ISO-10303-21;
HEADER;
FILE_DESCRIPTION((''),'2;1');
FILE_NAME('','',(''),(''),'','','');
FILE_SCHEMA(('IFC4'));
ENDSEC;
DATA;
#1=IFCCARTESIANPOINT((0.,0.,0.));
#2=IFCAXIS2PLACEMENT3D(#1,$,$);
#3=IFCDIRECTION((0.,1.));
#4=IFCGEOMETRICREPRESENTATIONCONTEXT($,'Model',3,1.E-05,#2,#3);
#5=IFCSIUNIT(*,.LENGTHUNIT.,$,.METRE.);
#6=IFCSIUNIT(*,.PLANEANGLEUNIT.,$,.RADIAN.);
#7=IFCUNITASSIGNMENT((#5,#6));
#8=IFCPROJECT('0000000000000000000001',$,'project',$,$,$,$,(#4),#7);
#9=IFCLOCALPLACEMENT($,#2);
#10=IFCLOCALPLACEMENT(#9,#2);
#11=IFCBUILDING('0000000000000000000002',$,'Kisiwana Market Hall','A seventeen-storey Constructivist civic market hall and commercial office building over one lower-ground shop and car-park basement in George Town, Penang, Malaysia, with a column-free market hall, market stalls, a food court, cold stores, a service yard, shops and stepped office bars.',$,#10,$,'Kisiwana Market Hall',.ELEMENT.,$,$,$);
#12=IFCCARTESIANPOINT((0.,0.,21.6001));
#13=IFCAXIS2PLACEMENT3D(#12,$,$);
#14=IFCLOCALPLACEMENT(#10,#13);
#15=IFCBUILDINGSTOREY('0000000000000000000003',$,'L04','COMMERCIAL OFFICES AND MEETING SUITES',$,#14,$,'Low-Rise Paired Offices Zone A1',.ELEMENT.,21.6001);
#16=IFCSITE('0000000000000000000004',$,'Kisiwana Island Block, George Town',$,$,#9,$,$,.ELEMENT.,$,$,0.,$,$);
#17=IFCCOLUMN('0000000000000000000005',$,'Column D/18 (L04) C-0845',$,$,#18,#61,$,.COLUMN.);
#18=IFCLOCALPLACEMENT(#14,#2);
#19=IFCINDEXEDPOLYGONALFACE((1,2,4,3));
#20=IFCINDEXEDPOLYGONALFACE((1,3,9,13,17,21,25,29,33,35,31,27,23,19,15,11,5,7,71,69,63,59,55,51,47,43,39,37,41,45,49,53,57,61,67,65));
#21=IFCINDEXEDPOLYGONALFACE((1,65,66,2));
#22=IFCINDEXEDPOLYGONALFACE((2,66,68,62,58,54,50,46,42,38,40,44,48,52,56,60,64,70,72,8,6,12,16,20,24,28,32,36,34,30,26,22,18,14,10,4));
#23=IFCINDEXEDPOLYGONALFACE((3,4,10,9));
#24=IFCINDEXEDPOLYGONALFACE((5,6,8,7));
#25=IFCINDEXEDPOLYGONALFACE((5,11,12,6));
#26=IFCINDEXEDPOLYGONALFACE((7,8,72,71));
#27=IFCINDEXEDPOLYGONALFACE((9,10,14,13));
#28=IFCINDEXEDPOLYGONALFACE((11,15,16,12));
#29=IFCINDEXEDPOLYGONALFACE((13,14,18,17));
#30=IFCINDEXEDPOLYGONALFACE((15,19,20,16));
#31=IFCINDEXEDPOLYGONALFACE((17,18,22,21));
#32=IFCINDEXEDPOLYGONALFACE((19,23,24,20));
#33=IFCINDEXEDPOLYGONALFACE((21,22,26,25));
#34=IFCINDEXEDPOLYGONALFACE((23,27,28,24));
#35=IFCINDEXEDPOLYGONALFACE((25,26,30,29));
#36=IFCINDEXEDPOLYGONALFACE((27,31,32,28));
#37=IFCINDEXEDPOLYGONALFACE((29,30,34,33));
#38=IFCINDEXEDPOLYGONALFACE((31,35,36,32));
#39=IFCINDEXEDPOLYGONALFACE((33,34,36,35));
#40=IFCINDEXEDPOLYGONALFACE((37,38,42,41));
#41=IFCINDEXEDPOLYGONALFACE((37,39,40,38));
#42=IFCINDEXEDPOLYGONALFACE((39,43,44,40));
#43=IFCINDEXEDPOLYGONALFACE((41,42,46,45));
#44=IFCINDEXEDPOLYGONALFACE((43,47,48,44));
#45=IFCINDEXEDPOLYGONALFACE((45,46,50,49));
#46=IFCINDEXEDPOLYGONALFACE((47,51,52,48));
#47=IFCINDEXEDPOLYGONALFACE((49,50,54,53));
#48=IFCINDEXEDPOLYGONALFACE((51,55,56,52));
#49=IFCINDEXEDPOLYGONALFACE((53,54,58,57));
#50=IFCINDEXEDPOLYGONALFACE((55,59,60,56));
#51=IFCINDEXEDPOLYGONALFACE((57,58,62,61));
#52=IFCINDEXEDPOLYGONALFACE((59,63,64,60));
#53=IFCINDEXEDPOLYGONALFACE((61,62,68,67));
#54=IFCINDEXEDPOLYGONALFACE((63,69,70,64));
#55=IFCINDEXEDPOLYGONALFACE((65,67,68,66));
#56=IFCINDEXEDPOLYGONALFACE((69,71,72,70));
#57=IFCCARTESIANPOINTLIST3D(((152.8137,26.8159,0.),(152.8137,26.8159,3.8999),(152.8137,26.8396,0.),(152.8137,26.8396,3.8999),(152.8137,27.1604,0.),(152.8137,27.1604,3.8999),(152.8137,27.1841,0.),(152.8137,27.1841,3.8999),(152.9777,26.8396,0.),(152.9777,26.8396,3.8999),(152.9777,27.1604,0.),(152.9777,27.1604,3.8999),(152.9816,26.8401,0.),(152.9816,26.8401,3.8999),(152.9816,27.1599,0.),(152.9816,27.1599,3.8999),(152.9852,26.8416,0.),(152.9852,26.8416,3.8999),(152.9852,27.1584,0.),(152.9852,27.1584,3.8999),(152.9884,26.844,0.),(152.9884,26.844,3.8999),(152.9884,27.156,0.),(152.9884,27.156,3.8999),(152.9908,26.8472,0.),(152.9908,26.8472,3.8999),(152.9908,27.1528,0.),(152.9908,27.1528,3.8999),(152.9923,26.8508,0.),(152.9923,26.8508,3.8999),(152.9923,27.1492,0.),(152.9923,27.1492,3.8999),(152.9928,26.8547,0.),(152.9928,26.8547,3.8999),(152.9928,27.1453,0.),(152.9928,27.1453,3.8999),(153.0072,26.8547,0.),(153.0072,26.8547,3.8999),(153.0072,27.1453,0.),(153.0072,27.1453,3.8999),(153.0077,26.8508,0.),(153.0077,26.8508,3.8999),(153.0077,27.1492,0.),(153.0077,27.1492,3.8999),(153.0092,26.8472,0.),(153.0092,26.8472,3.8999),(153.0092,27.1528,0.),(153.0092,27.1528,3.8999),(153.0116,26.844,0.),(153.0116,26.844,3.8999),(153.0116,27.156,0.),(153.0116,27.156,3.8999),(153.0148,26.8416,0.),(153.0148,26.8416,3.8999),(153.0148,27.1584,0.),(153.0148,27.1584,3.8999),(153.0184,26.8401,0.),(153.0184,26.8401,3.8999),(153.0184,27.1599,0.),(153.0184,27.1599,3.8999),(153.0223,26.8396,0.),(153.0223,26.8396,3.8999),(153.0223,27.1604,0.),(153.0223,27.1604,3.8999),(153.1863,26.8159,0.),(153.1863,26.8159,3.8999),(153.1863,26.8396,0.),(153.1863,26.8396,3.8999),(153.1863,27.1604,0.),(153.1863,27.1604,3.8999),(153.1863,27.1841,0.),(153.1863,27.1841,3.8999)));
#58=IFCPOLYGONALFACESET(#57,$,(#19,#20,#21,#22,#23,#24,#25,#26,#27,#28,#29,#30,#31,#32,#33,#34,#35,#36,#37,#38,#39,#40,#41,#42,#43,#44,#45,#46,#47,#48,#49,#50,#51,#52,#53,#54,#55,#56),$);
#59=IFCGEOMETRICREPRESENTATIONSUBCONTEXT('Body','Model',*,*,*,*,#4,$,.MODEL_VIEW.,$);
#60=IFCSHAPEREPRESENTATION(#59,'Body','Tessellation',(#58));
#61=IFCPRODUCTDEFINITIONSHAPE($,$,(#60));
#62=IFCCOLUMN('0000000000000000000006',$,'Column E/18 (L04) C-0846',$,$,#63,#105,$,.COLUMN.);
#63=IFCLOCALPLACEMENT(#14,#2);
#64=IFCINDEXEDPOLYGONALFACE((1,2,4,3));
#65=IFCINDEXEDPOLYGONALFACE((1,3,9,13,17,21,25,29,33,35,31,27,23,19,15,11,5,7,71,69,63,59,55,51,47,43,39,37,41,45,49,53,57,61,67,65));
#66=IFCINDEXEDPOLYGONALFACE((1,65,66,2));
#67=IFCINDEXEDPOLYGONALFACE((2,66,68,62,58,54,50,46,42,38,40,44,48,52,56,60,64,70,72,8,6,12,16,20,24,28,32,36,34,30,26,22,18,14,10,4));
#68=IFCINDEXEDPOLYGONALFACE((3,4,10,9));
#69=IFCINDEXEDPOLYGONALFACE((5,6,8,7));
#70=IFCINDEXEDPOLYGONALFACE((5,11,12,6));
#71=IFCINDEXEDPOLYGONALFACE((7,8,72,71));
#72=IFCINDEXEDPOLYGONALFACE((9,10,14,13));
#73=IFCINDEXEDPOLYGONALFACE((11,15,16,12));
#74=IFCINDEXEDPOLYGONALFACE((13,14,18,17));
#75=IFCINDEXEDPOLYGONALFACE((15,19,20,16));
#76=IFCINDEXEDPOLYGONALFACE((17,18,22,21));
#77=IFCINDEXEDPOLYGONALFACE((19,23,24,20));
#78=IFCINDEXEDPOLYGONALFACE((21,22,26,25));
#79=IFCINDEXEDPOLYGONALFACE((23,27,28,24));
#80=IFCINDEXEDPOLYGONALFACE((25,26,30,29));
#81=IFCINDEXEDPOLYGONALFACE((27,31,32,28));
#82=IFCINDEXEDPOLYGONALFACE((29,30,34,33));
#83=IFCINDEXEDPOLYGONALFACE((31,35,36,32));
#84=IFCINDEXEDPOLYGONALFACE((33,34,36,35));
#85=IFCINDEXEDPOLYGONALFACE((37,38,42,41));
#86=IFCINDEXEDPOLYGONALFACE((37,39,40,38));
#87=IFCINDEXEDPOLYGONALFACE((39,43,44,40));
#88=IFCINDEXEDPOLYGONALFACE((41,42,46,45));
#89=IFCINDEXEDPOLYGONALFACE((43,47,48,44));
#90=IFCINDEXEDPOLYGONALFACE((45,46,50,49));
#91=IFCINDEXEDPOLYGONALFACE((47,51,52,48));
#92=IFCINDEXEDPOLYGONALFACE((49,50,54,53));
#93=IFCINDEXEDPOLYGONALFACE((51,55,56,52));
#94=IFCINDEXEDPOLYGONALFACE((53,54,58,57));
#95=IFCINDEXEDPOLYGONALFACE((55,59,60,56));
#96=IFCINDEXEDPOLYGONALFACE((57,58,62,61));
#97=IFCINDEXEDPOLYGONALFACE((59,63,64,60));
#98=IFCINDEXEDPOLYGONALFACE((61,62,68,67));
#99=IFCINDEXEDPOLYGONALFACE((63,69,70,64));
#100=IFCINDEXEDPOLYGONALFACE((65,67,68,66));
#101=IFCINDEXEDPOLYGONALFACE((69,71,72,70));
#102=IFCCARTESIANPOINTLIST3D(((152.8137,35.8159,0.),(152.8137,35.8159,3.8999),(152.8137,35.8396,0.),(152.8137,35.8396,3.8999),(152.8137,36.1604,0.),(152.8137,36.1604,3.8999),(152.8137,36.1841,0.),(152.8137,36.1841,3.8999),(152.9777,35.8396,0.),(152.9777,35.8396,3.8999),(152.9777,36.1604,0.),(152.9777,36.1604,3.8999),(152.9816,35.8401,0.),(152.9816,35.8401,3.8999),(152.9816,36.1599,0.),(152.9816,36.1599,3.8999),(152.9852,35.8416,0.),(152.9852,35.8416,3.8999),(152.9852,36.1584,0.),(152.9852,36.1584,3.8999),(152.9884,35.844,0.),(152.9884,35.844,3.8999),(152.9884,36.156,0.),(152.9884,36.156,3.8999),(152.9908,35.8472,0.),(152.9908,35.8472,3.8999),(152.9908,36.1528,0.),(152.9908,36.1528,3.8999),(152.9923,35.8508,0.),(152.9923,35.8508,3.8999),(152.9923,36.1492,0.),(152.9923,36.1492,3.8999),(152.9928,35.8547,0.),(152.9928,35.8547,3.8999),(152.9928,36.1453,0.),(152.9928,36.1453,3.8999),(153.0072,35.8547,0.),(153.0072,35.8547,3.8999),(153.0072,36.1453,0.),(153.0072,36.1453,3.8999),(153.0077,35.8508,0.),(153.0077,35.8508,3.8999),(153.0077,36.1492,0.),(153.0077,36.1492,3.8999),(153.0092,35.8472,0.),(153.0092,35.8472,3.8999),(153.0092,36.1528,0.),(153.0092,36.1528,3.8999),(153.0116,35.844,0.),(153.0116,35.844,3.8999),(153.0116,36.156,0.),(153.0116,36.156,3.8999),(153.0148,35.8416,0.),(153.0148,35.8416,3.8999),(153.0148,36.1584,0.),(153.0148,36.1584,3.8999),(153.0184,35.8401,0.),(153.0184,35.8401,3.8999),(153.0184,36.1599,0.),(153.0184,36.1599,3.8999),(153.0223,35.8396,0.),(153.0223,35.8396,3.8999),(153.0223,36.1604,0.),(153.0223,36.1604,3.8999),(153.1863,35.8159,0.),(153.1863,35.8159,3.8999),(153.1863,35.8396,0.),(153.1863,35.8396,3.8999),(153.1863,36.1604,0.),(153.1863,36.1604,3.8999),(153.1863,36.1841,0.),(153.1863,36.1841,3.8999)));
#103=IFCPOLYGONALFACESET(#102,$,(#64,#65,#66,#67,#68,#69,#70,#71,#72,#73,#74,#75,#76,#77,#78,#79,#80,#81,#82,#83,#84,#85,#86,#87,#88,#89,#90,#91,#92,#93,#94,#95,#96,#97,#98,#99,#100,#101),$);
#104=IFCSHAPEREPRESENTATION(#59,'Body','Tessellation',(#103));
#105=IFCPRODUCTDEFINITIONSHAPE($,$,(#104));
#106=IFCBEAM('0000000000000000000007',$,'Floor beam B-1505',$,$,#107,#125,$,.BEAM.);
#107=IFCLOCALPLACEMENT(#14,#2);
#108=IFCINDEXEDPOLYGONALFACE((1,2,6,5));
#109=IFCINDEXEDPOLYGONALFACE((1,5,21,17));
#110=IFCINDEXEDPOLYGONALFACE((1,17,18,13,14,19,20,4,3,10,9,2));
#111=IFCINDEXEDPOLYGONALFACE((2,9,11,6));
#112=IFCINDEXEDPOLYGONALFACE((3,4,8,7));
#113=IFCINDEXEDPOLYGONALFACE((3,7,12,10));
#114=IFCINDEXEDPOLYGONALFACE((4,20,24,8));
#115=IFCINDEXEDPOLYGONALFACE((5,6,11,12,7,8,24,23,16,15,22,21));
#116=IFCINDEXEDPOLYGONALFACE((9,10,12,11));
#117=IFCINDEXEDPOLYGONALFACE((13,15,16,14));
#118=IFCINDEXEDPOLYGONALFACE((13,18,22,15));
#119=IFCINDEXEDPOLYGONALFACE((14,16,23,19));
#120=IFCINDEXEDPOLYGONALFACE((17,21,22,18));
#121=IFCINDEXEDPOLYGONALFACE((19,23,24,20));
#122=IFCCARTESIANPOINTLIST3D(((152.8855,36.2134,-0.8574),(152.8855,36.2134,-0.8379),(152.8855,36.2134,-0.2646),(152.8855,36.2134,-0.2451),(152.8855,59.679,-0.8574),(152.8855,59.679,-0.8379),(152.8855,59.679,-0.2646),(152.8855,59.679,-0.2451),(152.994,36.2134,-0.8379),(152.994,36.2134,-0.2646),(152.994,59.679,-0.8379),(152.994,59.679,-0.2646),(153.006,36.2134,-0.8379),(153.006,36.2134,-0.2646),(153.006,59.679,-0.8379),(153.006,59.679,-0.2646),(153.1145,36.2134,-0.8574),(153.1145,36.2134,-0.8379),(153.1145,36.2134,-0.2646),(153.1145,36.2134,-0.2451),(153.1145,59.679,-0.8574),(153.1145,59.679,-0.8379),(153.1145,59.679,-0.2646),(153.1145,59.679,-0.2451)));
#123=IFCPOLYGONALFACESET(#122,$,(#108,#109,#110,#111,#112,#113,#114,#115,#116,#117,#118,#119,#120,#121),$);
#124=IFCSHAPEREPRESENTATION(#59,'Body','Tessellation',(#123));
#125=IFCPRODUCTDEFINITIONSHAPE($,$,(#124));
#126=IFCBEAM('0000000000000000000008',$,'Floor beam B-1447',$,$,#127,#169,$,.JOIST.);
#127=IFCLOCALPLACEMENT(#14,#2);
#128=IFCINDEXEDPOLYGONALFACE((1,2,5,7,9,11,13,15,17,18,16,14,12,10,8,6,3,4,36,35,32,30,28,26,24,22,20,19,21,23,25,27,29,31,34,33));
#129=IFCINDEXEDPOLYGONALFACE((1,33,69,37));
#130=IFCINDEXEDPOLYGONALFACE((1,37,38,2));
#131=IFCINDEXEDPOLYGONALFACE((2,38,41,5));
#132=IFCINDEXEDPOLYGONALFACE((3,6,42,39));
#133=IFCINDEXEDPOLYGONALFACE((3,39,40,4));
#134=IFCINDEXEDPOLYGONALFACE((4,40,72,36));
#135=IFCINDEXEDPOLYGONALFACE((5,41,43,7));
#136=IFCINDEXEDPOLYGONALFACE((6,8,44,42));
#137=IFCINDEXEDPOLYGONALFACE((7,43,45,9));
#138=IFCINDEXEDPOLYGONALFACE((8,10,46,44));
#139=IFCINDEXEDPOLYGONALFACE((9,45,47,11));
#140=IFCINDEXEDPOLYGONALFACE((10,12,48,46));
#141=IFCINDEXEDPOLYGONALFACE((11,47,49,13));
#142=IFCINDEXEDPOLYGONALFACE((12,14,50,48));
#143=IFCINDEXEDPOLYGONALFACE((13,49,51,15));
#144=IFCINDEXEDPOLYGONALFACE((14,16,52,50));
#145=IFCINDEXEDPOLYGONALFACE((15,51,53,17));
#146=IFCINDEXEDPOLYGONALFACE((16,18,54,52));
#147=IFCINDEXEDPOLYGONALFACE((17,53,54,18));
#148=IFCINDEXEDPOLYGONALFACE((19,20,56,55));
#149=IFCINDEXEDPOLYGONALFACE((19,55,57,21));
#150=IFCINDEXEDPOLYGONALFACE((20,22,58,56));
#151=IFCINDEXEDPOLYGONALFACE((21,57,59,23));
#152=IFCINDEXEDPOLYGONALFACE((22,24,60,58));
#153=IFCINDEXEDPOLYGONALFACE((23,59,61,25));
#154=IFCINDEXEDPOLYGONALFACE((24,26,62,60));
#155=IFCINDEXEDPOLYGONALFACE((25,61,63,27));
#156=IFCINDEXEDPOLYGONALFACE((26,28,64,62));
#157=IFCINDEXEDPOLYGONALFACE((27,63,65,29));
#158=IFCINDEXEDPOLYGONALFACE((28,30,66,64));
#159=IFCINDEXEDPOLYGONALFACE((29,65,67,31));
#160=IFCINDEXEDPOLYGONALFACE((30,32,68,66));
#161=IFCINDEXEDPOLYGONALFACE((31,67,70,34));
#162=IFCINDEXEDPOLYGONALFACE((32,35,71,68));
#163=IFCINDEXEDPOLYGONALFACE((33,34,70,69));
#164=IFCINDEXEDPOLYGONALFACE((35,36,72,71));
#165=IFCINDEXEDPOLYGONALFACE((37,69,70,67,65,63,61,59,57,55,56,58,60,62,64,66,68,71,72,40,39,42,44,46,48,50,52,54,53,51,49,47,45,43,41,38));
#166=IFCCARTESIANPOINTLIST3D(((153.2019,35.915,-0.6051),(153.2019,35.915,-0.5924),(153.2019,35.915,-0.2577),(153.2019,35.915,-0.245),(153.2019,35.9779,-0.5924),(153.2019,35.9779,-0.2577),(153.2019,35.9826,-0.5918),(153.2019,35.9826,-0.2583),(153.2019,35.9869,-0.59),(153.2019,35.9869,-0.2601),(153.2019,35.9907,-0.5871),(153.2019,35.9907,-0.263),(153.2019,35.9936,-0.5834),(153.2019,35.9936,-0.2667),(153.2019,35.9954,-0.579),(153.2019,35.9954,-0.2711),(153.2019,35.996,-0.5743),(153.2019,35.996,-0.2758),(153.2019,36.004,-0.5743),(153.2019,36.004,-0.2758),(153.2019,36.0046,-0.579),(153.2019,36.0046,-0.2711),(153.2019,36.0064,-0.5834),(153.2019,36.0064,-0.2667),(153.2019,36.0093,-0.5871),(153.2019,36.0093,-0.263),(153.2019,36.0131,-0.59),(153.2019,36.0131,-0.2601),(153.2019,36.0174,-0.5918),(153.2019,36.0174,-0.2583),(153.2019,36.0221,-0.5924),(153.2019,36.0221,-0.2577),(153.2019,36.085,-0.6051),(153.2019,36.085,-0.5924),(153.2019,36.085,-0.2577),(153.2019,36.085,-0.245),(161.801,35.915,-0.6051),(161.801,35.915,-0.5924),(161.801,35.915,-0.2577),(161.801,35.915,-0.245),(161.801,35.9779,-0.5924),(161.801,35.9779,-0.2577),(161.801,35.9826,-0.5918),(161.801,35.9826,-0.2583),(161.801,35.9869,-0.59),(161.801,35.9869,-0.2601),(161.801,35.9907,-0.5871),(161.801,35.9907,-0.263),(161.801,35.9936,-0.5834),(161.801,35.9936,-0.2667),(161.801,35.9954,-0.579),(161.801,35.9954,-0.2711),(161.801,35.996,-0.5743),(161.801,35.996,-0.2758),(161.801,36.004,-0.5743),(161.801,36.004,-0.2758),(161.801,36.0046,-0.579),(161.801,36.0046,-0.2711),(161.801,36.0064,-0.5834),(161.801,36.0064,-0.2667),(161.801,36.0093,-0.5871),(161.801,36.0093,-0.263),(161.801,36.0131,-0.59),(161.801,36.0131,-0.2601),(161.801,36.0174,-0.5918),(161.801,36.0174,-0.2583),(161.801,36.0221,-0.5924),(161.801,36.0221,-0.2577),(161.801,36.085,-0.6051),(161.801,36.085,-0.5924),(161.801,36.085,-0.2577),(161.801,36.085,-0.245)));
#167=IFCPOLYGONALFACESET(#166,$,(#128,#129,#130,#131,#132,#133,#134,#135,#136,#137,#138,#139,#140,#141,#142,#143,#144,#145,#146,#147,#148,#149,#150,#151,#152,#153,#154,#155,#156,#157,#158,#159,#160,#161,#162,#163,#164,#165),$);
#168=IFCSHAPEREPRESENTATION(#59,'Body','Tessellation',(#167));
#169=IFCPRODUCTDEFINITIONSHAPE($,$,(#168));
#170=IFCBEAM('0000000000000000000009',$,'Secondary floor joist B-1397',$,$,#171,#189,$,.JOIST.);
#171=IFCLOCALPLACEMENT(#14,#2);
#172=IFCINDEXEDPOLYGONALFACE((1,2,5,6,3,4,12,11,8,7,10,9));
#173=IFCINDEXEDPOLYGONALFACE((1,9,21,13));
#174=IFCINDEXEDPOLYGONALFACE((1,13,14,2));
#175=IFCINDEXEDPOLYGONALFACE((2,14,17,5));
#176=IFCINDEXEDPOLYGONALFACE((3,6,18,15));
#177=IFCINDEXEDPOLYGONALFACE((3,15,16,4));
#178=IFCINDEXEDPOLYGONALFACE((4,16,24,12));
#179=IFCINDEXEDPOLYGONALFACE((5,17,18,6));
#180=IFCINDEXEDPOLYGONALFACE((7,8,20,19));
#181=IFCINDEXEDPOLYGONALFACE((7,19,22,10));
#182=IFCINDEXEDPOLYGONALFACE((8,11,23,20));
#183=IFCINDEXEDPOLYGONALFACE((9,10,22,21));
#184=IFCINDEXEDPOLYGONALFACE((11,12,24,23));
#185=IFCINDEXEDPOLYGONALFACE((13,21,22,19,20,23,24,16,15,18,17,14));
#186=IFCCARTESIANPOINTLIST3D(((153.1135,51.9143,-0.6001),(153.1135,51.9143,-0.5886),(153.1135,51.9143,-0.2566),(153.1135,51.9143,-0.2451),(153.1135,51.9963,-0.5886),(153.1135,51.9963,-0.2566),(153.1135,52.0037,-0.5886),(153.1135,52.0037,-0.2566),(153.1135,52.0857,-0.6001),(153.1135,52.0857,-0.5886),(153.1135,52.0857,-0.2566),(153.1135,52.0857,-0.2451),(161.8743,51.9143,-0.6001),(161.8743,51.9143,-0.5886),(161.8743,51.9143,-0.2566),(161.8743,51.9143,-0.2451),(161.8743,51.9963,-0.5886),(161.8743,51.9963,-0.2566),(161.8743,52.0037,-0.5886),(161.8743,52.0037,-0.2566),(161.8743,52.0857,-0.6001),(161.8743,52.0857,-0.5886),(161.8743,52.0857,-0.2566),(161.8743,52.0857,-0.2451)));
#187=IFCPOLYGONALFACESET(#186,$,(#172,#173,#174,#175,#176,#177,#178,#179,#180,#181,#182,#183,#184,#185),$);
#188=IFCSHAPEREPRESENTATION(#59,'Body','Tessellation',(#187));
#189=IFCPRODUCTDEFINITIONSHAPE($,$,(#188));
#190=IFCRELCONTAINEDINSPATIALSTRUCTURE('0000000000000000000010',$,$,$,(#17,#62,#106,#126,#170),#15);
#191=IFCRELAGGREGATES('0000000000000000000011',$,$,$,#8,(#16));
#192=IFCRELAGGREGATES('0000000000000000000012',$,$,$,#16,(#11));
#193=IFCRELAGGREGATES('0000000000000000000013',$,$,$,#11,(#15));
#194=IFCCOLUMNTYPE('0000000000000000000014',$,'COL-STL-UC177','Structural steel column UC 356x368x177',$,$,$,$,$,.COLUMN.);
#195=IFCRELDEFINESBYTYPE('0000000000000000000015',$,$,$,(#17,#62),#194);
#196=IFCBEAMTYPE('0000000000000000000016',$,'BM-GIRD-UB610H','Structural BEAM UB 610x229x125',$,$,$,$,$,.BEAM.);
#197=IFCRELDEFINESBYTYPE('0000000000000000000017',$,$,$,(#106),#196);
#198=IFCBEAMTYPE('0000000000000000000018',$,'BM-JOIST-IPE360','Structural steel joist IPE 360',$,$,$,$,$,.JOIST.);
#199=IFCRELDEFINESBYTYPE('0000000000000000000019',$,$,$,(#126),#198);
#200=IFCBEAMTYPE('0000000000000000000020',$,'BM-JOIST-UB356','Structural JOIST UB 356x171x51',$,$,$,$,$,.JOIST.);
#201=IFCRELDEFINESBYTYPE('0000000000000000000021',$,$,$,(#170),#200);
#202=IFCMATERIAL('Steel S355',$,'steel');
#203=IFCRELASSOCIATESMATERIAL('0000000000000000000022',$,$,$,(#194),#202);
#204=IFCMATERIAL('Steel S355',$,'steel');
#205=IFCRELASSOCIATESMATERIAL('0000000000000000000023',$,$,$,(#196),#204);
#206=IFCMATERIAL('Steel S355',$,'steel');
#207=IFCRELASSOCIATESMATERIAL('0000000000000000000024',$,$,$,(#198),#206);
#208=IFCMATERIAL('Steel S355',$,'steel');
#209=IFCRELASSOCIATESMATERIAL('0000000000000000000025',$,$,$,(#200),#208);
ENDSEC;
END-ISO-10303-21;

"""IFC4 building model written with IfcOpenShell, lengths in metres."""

from ifc_helpers import new_model, si_unit, direction, frame, origin, origin_2d, place, context, subcontext, project, spatial, i_section, extrude, material, material_profile, profile_set, type_object, element, save


model = new_model("IFC4")

# Units and contexts
model_context = context("Model", 3, precision=1e-05, world=origin(), true_north=direction((0.0, 1.0)))
body_context = subcontext(model_context, "Body", "Model", "MODEL_VIEW")
ifc_project = project(units=[si_unit("LENGTHUNIT", "METRE"), si_unit("PLANEANGLEUNIT", "RADIAN")], contexts=[model_context])

# Site, building, storey
site_placement = place(None, origin())
site = spatial("IfcSite", under=ifc_project, at=site_placement, Name="Kisiwana Island Block, George Town", CompositionType="ELEMENT", RefElevation=0.0)
building_placement = place(site_placement, origin())
building = spatial("IfcBuilding", under=site, at=building_placement, Name="Kisiwana Market Hall", Description="A seventeen-storey Constructivist civic market hall and commercial office building over one lower-ground shop and car-park basement in George Town, Penang, Malaysia, with a column-free market hall, market stalls, a food court, cold stores, a service yard, shops and stepped office bars.", LongName="Kisiwana Market Hall", CompositionType="ELEMENT")
storey_placement = place(building_placement, frame((0.0, 0.0, 21.6001)))
storey = spatial("IfcBuildingStorey", under=building, at=storey_placement, Name="L04", Description="COMMERCIAL OFFICES AND MEETING SUITES", LongName="Low-Rise Paired Offices Zone A1", CompositionType="ELEMENT", Elevation=21.6001)

# Columns
ifc_material_1 = material(Name="Steel S355", Category="steel")
ifc_material_profile_1 = material_profile(ifc_material_1, i_section(OverallWidth=0.3726, OverallDepth=0.3682, WebThickness=0.0144, FlangeThickness=0.0237, FilletRadius=0.0151, at=origin_2d()), Name="UC 356x368x177")
ifc_profile_set_1 = profile_set([ifc_material_profile_1], Name="Steel S355")
column_type = type_object("IfcColumnType", Name="COL-STL-UC177", Description="Structural steel column UC 356x368x177", PredefinedType="COLUMN", material=ifc_profile_set_1)
for number, where, z_axis, x_axis, name in (
    (1, (153.0, 27.0, 0.0), (0.0, 0.0, 1.0), (1.0, 0.0, 0.0), "Column D/18 (L04) C-0845"),
    (2, (153.0, 36.0, 0.0), (0.0, 0.0, 1.0), (1.0, 0.0, 0.0), "Column E/18 (L04) C-0846"),
):
    element("IfcColumn", number, at=place(storey_placement, frame(where, z_axis=z_axis, x_axis=x_axis)), inside=storey, type_object=column_type, Name=name, PredefinedType="COLUMN", context=body_context, shape_type="SweptSolid", body=[
        extrude(i_section(OverallWidth=0.3726, OverallDepth=0.3682, WebThickness=0.0144, FlangeThickness=0.0237, FilletRadius=0.0151, at=origin_2d()), origin(), (0.0, 0.0, 1.0), 3.8999),
    ])

# Beams
ifc_material_2 = material(Name="Steel S355", Category="steel")
ifc_material_profile_2 = material_profile(ifc_material_2, i_section(OverallWidth=0.229, OverallDepth=0.6123, WebThickness=0.012, FlangeThickness=0.0195, at=origin_2d()), Name="UB 610x229x125")
ifc_profile_set_2 = profile_set([ifc_material_profile_2], Name="Steel S355")
beam_type_1 = type_object("IfcBeamType", Name="BM-GIRD-UB610H", Description="Structural BEAM UB 610x229x125", PredefinedType="BEAM", material=ifc_profile_set_2)
beam_1_placement = place(storey_placement, frame((153.0, 36.2134, -0.5513), z_axis=(0.0, 1.0, 0.0), x_axis=(-1.0, 0.0, 0.0)))
element("IfcBeam", 3, at=beam_1_placement, inside=storey, type_object=beam_type_1, Name="Floor beam B-1505", PredefinedType="BEAM", context=body_context, shape_type="SweptSolid", body=[
    extrude(i_section(OverallWidth=0.229, OverallDepth=0.6123, WebThickness=0.012, FlangeThickness=0.0195, at=origin_2d()), origin(), (0.0, 0.0, 1.0), 23.4656),
])
ifc_material_3 = material(Name="Steel S355", Category="steel")
ifc_material_profile_3 = material_profile(ifc_material_3, i_section(OverallWidth=0.1699, OverallDepth=0.3601, WebThickness=0.0081, FlangeThickness=0.0127, FilletRadius=0.0181, at=origin_2d()), Name="IPE 360")
ifc_profile_set_3 = profile_set([ifc_material_profile_3], Name="Steel S355")
beam_type_2 = type_object("IfcBeamType", Name="BM-JOIST-IPE360", Description="Structural steel joist IPE 360", PredefinedType="JOIST", material=ifc_profile_set_3)
beam_2_placement = place(storey_placement, frame((153.2019, 36.0, -0.425), z_axis=(1.0, 0.0, 0.0), x_axis=(0.0, 1.0, 0.0)))
element("IfcBeam", 4, at=beam_2_placement, inside=storey, type_object=beam_type_2, Name="Floor beam B-1447", PredefinedType="JOIST", context=body_context, shape_type="SweptSolid", body=[
    extrude(i_section(OverallWidth=0.1699, OverallDepth=0.3601, WebThickness=0.0081, FlangeThickness=0.0127, FilletRadius=0.0181, at=origin_2d()), origin(), (0.0, 0.0, 1.0), 8.5991),
])
ifc_material_4 = material(Name="Steel S355", Category="steel")
ifc_material_profile_4 = material_profile(ifc_material_4, i_section(OverallWidth=0.1714, OverallDepth=0.355, WebThickness=0.0073, FlangeThickness=0.0115, at=origin_2d()), Name="UB 356x171x51")
ifc_profile_set_4 = profile_set([ifc_material_profile_4], Name="Steel S355")
beam_type_3 = type_object("IfcBeamType", Name="BM-JOIST-UB356", Description="Structural JOIST UB 356x171x51", PredefinedType="JOIST", material=ifc_profile_set_4)
beam_3_placement = place(storey_placement, frame((153.1135, 52.0, -0.4226), z_axis=(1.0, 0.0, 0.0), x_axis=(0.0, 1.0, 0.0)))
element("IfcBeam", 5, at=beam_3_placement, inside=storey, type_object=beam_type_3, Name="Secondary floor joist B-1397", PredefinedType="JOIST", context=body_context, shape_type="SweptSolid", body=[
    extrude(i_section(OverallWidth=0.1714, OverallDepth=0.355, WebThickness=0.0073, FlangeThickness=0.0115, at=origin_2d()), origin(), (0.0, 0.0, 1.0), 8.7607),
])

save(model, "model.ifc")
